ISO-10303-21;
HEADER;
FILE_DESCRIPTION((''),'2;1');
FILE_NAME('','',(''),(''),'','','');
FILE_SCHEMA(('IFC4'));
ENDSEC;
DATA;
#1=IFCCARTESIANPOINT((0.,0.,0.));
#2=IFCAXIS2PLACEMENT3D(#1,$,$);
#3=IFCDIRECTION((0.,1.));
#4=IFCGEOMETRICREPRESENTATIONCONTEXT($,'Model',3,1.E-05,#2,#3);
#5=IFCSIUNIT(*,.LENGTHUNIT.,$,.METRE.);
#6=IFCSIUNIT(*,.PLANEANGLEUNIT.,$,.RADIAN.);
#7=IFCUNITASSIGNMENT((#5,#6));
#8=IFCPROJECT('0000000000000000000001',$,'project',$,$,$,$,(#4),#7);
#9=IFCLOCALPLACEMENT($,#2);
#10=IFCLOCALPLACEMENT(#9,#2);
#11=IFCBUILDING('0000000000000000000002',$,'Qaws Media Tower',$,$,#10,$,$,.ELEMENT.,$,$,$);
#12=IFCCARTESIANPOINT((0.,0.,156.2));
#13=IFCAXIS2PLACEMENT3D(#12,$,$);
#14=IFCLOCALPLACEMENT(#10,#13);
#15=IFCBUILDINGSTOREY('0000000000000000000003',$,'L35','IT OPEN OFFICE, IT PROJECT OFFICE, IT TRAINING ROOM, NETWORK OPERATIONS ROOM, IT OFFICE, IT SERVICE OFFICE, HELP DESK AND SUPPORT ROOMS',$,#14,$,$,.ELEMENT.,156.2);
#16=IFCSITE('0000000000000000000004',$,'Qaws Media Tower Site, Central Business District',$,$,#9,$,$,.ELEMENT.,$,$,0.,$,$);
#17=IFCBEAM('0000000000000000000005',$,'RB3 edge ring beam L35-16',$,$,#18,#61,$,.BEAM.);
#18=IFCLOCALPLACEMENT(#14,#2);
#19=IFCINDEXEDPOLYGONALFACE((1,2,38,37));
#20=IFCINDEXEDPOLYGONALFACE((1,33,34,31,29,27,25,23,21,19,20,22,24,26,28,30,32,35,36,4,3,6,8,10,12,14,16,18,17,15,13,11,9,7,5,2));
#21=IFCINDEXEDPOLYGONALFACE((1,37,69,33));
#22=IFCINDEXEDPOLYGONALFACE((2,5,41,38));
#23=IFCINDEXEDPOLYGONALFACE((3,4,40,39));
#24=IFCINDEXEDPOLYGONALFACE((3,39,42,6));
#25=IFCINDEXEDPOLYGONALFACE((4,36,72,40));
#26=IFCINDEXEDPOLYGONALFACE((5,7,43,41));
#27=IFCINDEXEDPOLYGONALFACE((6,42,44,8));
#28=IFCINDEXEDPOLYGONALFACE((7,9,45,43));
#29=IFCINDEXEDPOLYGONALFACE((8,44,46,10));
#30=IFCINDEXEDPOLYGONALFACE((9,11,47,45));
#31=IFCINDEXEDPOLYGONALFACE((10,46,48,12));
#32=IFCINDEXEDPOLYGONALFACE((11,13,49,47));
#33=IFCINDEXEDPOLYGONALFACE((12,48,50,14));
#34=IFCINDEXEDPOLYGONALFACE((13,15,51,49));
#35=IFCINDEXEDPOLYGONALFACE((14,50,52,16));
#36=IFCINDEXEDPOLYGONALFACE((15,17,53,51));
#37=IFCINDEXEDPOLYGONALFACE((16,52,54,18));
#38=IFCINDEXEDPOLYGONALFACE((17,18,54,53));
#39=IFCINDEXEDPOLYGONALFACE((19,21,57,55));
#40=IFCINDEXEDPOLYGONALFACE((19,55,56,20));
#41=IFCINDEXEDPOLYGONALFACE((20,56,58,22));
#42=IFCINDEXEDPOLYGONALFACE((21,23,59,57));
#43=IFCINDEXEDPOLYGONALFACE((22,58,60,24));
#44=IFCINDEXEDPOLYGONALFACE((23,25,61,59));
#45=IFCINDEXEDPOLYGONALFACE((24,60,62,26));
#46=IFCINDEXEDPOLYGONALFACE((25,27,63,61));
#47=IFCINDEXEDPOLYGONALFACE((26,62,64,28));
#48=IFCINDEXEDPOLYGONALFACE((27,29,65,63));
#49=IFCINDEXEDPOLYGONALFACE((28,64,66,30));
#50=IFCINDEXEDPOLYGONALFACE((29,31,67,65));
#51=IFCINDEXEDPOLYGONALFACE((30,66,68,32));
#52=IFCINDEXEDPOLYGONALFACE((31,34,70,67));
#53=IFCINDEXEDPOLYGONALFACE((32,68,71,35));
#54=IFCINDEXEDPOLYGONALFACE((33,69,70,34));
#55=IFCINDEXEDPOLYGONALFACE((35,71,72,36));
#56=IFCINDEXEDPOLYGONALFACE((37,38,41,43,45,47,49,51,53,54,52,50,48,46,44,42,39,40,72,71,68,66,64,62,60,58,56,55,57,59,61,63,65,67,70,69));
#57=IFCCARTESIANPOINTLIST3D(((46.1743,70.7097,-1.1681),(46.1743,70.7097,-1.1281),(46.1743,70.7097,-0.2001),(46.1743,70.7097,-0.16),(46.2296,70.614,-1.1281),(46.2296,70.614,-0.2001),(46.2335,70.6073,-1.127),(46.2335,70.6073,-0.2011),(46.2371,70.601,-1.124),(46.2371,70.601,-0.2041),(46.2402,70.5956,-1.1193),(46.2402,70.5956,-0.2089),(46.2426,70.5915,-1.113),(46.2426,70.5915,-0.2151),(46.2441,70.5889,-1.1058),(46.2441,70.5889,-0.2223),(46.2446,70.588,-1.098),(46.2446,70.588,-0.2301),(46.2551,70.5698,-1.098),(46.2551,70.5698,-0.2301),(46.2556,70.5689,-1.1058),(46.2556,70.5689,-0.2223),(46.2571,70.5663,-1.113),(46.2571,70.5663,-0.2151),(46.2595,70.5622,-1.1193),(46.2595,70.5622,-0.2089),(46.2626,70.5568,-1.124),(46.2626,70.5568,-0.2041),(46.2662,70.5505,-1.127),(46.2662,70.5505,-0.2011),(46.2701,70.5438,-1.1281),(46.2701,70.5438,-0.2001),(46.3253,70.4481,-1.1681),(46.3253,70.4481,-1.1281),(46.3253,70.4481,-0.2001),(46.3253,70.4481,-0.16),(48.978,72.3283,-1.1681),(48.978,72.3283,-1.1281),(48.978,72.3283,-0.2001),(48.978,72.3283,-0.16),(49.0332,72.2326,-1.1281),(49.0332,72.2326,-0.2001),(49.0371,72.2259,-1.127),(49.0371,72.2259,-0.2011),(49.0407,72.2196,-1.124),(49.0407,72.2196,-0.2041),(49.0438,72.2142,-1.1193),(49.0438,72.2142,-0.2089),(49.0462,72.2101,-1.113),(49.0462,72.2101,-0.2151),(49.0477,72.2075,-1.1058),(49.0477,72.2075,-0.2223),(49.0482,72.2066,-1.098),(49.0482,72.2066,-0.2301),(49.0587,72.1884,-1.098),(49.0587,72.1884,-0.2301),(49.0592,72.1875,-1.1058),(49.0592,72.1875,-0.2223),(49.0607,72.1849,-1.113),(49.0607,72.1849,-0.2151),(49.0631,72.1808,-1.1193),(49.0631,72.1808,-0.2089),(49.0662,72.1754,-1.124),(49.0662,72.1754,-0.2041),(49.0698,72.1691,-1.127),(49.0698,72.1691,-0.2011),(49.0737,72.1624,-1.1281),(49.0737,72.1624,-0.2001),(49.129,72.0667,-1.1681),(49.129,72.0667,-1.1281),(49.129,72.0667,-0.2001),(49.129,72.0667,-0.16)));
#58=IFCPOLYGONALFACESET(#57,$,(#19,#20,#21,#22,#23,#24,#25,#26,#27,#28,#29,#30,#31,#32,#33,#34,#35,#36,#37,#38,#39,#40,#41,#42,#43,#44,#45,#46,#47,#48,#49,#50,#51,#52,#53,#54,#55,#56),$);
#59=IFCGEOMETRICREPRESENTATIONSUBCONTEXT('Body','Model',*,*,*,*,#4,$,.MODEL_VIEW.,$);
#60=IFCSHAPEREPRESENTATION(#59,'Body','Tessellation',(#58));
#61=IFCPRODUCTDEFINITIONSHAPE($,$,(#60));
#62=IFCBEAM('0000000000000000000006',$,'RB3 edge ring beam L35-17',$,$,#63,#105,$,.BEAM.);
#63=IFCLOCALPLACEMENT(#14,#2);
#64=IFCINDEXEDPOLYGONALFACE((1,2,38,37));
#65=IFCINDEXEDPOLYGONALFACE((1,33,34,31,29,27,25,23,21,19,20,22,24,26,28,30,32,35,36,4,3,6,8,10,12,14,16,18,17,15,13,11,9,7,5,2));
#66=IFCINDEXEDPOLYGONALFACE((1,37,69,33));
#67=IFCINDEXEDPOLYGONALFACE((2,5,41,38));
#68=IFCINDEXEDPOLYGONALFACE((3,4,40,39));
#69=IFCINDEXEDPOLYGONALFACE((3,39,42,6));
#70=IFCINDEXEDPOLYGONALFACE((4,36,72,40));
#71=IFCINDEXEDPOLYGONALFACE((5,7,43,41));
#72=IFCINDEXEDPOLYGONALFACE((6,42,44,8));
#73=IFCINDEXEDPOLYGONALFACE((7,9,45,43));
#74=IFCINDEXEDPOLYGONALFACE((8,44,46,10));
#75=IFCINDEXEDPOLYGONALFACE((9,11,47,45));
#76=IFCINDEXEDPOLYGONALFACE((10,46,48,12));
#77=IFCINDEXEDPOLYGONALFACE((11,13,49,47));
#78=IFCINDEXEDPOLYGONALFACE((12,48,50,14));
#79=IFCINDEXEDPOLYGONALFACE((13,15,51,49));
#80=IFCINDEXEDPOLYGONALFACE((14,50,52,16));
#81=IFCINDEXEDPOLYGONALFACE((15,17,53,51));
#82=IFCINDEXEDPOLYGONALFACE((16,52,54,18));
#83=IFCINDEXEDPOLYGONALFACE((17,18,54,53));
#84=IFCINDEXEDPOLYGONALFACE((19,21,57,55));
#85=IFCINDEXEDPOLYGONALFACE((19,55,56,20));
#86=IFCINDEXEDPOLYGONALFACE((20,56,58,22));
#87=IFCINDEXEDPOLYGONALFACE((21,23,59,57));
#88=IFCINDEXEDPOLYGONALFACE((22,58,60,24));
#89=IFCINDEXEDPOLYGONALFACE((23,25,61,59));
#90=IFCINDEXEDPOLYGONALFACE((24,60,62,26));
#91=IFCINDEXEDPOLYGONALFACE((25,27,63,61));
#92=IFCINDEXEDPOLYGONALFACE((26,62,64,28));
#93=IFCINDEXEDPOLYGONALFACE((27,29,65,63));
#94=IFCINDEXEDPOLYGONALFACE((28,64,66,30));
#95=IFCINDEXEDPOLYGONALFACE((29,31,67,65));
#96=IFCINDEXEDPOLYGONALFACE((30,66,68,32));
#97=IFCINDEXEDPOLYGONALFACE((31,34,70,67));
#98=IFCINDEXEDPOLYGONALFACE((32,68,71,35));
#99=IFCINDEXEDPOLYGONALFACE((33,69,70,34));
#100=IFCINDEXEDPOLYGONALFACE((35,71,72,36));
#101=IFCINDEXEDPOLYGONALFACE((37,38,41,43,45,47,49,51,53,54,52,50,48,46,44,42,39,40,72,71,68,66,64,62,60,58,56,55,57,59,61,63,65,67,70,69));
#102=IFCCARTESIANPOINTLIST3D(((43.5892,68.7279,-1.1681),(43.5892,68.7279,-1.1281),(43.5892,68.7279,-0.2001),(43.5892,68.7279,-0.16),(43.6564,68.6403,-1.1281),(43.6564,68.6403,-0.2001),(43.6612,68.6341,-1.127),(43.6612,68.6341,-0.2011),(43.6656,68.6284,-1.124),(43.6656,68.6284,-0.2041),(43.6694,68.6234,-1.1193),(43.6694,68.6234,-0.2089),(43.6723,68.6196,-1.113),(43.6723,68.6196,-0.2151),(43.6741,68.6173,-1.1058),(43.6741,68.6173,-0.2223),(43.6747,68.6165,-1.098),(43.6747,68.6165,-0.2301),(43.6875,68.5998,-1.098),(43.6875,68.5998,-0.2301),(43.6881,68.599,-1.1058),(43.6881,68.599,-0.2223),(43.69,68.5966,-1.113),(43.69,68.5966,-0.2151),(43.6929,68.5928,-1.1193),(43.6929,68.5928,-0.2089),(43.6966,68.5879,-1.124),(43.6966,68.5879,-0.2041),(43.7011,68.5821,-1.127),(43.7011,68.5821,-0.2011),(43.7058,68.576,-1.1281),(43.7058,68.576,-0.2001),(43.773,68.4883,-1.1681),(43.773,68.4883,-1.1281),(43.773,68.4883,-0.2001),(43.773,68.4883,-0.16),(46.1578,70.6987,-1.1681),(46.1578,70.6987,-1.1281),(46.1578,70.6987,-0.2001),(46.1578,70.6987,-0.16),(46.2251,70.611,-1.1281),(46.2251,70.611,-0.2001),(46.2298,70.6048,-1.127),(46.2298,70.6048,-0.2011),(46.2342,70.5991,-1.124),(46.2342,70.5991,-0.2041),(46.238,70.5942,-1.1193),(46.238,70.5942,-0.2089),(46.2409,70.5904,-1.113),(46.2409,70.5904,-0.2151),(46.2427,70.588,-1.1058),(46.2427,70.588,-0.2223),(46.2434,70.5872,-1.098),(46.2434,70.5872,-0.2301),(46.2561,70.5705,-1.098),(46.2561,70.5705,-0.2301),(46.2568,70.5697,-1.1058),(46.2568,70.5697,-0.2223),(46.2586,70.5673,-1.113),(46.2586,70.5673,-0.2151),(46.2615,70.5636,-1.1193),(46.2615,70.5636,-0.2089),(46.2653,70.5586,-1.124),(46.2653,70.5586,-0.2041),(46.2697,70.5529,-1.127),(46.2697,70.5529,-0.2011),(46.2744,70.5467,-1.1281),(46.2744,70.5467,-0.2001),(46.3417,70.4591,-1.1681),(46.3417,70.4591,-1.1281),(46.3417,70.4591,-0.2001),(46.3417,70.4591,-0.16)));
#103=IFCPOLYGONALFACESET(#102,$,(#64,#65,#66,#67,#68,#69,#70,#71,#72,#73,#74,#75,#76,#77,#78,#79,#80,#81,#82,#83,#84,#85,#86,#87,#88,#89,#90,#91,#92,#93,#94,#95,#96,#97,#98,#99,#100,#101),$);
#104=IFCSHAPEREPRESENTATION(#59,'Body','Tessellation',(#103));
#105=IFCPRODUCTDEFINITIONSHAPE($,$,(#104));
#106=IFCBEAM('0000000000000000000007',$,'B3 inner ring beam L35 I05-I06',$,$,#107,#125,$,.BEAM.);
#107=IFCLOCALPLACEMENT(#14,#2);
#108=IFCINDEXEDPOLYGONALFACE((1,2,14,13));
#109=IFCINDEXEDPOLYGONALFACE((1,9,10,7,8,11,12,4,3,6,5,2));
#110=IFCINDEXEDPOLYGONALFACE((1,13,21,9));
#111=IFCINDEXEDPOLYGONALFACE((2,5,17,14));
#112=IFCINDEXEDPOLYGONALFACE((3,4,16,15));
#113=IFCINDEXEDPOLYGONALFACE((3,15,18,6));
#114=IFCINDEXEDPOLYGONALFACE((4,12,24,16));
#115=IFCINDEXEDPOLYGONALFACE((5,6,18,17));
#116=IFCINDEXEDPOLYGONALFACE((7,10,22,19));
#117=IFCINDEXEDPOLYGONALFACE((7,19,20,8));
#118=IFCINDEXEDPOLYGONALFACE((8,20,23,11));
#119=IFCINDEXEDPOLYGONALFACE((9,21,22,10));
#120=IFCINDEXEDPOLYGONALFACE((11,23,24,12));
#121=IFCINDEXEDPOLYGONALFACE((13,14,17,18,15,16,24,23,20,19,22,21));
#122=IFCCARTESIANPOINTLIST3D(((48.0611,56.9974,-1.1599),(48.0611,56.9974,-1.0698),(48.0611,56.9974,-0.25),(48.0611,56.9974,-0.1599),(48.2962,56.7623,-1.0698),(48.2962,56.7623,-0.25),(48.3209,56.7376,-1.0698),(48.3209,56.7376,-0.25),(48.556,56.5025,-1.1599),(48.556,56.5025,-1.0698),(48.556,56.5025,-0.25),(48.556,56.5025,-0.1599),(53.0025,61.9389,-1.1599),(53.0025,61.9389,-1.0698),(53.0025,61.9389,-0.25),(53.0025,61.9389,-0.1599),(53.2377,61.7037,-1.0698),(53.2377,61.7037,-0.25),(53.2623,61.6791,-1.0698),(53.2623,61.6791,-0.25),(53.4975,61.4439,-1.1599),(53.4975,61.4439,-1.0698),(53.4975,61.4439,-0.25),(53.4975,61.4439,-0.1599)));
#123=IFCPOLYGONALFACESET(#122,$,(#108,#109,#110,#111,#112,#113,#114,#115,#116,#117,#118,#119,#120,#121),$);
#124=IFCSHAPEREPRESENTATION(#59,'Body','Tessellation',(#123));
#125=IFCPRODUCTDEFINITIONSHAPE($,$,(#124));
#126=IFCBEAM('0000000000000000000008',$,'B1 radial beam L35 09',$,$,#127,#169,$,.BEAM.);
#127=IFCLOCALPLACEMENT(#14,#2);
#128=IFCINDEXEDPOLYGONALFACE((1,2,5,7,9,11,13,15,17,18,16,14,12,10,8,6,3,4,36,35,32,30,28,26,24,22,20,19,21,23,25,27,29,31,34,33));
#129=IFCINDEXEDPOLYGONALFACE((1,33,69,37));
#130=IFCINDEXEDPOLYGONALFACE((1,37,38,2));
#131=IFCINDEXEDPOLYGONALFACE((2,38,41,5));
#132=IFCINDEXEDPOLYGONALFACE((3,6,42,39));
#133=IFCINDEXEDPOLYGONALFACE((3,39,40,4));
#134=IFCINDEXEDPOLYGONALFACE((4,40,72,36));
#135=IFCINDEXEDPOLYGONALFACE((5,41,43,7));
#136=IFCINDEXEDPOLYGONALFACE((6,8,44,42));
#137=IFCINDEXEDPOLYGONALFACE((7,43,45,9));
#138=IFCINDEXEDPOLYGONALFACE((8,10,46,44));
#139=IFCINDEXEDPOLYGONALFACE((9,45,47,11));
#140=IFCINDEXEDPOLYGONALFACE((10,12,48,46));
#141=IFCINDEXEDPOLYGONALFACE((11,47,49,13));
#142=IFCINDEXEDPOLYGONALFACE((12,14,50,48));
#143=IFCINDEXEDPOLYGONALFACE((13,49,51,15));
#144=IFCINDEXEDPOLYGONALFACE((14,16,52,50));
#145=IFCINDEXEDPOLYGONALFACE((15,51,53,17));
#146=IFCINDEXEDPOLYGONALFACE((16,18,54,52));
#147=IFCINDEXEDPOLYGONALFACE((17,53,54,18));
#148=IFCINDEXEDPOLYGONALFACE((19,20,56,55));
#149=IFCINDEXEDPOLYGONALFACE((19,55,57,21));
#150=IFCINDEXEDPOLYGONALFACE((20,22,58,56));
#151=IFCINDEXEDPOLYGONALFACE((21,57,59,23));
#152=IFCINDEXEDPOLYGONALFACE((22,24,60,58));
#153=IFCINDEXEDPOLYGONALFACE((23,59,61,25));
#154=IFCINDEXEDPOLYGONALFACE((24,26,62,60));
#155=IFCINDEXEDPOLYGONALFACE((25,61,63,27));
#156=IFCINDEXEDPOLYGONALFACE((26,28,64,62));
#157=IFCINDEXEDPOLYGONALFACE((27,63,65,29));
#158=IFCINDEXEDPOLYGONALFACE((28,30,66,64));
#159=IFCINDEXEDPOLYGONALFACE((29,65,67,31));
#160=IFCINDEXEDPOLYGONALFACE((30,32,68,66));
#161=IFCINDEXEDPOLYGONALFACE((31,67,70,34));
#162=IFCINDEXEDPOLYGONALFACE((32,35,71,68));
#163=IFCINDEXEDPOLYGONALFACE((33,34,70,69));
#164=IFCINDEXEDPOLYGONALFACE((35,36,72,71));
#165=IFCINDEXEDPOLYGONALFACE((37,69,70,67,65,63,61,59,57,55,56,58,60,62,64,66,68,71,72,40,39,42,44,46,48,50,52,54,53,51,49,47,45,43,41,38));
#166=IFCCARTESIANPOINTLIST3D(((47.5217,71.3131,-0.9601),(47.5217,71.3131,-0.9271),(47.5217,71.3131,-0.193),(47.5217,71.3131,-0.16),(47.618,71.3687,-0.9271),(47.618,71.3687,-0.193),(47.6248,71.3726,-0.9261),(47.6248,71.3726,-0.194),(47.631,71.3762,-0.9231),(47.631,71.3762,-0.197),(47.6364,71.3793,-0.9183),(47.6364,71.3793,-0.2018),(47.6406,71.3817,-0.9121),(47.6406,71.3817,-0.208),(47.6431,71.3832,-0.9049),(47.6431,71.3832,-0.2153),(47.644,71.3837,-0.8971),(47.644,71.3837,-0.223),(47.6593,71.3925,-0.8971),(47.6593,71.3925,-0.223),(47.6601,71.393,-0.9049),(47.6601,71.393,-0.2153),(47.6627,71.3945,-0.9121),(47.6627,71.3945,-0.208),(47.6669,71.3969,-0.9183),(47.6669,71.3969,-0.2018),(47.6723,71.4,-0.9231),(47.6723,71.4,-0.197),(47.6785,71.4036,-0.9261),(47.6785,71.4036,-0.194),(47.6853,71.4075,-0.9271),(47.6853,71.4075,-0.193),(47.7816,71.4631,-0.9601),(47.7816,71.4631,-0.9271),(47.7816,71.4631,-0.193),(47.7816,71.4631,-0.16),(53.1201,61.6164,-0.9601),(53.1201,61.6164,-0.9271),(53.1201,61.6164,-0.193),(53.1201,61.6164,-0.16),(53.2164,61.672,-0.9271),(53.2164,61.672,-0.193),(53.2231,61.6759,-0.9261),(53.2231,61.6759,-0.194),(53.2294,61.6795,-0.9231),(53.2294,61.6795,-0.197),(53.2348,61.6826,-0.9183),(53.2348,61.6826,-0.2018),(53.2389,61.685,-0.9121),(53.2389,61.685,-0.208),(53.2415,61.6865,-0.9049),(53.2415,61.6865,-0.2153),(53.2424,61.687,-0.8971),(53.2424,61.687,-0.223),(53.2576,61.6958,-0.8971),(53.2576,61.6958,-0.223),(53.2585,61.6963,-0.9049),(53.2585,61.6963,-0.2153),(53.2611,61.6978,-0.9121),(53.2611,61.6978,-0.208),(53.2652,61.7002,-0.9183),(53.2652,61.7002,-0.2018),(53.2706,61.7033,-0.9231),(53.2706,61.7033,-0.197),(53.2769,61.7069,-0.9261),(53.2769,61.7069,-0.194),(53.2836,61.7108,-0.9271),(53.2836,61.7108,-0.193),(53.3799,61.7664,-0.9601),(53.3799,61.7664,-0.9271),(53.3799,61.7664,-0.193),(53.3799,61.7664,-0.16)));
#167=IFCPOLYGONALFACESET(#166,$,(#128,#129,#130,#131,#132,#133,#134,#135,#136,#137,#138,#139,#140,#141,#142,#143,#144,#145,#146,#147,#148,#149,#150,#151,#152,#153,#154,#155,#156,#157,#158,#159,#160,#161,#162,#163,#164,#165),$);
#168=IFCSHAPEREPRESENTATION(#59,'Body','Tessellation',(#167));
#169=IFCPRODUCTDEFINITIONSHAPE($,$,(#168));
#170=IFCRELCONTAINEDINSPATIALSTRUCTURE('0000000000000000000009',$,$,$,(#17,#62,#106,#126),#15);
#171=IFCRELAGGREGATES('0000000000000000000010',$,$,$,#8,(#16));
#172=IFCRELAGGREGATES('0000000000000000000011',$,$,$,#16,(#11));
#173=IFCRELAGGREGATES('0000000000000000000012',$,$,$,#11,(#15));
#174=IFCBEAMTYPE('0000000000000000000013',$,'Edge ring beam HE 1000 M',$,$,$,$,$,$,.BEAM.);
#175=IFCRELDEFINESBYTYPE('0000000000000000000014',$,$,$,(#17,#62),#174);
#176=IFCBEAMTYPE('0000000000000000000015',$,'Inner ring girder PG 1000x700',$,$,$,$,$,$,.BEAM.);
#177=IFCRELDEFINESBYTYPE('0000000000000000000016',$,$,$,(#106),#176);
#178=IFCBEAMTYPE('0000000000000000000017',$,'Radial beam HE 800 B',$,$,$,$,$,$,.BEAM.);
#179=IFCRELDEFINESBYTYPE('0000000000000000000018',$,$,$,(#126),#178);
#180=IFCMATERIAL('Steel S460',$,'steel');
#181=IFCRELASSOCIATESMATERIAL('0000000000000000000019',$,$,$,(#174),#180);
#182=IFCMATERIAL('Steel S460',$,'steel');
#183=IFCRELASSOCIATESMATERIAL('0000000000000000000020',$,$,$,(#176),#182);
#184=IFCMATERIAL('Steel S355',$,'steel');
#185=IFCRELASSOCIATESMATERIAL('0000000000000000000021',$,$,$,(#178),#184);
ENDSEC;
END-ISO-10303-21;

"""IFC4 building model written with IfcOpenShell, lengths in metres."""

from ifc_helpers import new_model, si_unit, direction, frame, origin, origin_2d, place, context, subcontext, project, spatial, i_section, extrude, material, material_profile, profile_set, type_object, element, save


model = new_model("IFC4")

# Units and contexts
model_context = context("Model", 3, precision=1e-05, world=origin(), true_north=direction((0.0, 1.0)))
body_context = subcontext(model_context, "Body", "Model", "MODEL_VIEW")
ifc_project = project(units=[si_unit("LENGTHUNIT", "METRE"), si_unit("PLANEANGLEUNIT", "RADIAN")], contexts=[model_context])

# Site, building, storey
site_placement = place(None, origin())
site = spatial("IfcSite", under=ifc_project, at=site_placement, Name="Qaws Media Tower Site, Central Business District", CompositionType="ELEMENT", RefElevation=0.0)
building_placement = place(site_placement, origin())
building = spatial("IfcBuilding", under=site, at=building_placement, Name="Qaws Media Tower", CompositionType="ELEMENT")
storey_placement = place(building_placement, frame((0.0, 0.0, 156.2)))
storey = spatial("IfcBuildingStorey", under=building, at=storey_placement, Name="L35", Description="IT OPEN OFFICE, IT PROJECT OFFICE, IT TRAINING ROOM, NETWORK OPERATIONS ROOM, IT OFFICE, IT SERVICE OFFICE, HELP DESK AND SUPPORT ROOMS", CompositionType="ELEMENT", Elevation=156.2)

# Beams
ifc_material_1 = material(Name="Steel S460", Category="steel")
ifc_material_profile_1 = material_profile(ifc_material_1, i_section(OverallWidth=0.302, OverallDepth=1.0081, WebThickness=0.021, FlangeThickness=0.04, FilletRadius=0.03, at=origin_2d()), Name="HE 1000 M")
ifc_profile_set_1 = profile_set([ifc_material_profile_1], Name="Steel S460")
beam_type_1 = type_object("IfcBeamType", Name="Edge ring beam HE 1000 M", PredefinedType="BEAM", material=ifc_profile_set_1)
beam_1_placement = place(storey_placement, frame((49.0535, 72.1975, -0.6641), z_axis=(-0.866035, -0.499984, 0.0), x_axis=(0.499984, -0.866035, 0.0)))
element("IfcBeam", 1, at=beam_1_placement, inside=storey, type_object=beam_type_1, Name="RB3 edge ring beam L35-16", PredefinedType="BEAM", context=body_context, shape_type="SweptSolid", body=[
    extrude(i_section(OverallWidth=0.302, OverallDepth=1.0081, WebThickness=0.021, FlangeThickness=0.04, FilletRadius=0.03, at=origin_2d()), origin(), (0.0, 0.0, 1.0), 3.2373),
])
beam_2_placement = place(storey_placement, frame((46.2498, 70.5789, -0.6641), z_axis=(-0.793391, -0.608712, 0.0), x_axis=(0.608712, -0.793391, 0.0)))
element("IfcBeam", 2, at=beam_2_placement, inside=storey, type_object=beam_type_1, Name="RB3 edge ring beam L35-17", PredefinedType="BEAM", context=body_context, shape_type="SweptSolid", body=[
    extrude(i_section(OverallWidth=0.302, OverallDepth=1.0081, WebThickness=0.021, FlangeThickness=0.04, FilletRadius=0.03, at=origin_2d()), origin(), (0.0, 0.0, 1.0), 3.2375),
])
ifc_material_2 = material(Name="Steel S460", Category="steel")
ifc_material_profile_2 = material_profile(ifc_material_2, i_section(OverallWidth=0.7, OverallDepth=1.0, WebThickness=0.0349, FlangeThickness=0.0901, at=origin_2d()), Name="PG 1000x700")
ifc_profile_set_2 = profile_set([ifc_material_profile_2], Name="Steel S460")
beam_type_2 = type_object("IfcBeamType", Name="Inner ring girder PG 1000x700", PredefinedType="BEAM", material=ifc_profile_set_2)
beam_3_placement = place(storey_placement, frame((53.25, 61.6914, -0.6599), z_axis=(-0.707107, -0.707107, 0.0), x_axis=(0.707107, -0.707107, 0.0)))
element("IfcBeam", 3, at=beam_3_placement, inside=storey, type_object=beam_type_2, Name="B3 inner ring beam L35 I05-I06", PredefinedType="BEAM", context=body_context, shape_type="SweptSolid", body=[
    extrude(i_section(OverallWidth=0.7, OverallDepth=1.0, WebThickness=0.0349, FlangeThickness=0.0901, at=origin_2d()), origin(), (0.0, 0.0, 1.0), 6.9883),
])
ifc_material_3 = material(Name="Steel S355", Category="steel")
ifc_material_profile_3 = material_profile(ifc_material_3, i_section(OverallWidth=0.3, OverallDepth=0.8, WebThickness=0.0176, FlangeThickness=0.033, FilletRadius=0.03, at=origin_2d()), Name="HE 800 B")
ifc_profile_set_3 = profile_set([ifc_material_profile_3], Name="Steel S355")
beam_type_3 = type_object("IfcBeamType", Name="Radial beam HE 800 B", PredefinedType="BEAM", material=ifc_profile_set_3)
beam_4_placement = place(storey_placement, frame((53.25, 61.6914, -0.5601), z_axis=(-0.499997, 0.866027, 0.0), x_axis=(-0.866027, -0.499997, 0.0)))
element("IfcBeam", 4, at=beam_4_placement, inside=storey, type_object=beam_type_3, Name="B1 radial beam L35 09", PredefinedType="BEAM", context=body_context, shape_type="SweptSolid", body=[
    extrude(i_section(OverallWidth=0.3, OverallDepth=0.8, WebThickness=0.0176, FlangeThickness=0.033, FilletRadius=0.03, at=origin_2d()), origin(), (0.0, 0.0, 1.0), 11.1968),
])

save(model, "model.ifc")
